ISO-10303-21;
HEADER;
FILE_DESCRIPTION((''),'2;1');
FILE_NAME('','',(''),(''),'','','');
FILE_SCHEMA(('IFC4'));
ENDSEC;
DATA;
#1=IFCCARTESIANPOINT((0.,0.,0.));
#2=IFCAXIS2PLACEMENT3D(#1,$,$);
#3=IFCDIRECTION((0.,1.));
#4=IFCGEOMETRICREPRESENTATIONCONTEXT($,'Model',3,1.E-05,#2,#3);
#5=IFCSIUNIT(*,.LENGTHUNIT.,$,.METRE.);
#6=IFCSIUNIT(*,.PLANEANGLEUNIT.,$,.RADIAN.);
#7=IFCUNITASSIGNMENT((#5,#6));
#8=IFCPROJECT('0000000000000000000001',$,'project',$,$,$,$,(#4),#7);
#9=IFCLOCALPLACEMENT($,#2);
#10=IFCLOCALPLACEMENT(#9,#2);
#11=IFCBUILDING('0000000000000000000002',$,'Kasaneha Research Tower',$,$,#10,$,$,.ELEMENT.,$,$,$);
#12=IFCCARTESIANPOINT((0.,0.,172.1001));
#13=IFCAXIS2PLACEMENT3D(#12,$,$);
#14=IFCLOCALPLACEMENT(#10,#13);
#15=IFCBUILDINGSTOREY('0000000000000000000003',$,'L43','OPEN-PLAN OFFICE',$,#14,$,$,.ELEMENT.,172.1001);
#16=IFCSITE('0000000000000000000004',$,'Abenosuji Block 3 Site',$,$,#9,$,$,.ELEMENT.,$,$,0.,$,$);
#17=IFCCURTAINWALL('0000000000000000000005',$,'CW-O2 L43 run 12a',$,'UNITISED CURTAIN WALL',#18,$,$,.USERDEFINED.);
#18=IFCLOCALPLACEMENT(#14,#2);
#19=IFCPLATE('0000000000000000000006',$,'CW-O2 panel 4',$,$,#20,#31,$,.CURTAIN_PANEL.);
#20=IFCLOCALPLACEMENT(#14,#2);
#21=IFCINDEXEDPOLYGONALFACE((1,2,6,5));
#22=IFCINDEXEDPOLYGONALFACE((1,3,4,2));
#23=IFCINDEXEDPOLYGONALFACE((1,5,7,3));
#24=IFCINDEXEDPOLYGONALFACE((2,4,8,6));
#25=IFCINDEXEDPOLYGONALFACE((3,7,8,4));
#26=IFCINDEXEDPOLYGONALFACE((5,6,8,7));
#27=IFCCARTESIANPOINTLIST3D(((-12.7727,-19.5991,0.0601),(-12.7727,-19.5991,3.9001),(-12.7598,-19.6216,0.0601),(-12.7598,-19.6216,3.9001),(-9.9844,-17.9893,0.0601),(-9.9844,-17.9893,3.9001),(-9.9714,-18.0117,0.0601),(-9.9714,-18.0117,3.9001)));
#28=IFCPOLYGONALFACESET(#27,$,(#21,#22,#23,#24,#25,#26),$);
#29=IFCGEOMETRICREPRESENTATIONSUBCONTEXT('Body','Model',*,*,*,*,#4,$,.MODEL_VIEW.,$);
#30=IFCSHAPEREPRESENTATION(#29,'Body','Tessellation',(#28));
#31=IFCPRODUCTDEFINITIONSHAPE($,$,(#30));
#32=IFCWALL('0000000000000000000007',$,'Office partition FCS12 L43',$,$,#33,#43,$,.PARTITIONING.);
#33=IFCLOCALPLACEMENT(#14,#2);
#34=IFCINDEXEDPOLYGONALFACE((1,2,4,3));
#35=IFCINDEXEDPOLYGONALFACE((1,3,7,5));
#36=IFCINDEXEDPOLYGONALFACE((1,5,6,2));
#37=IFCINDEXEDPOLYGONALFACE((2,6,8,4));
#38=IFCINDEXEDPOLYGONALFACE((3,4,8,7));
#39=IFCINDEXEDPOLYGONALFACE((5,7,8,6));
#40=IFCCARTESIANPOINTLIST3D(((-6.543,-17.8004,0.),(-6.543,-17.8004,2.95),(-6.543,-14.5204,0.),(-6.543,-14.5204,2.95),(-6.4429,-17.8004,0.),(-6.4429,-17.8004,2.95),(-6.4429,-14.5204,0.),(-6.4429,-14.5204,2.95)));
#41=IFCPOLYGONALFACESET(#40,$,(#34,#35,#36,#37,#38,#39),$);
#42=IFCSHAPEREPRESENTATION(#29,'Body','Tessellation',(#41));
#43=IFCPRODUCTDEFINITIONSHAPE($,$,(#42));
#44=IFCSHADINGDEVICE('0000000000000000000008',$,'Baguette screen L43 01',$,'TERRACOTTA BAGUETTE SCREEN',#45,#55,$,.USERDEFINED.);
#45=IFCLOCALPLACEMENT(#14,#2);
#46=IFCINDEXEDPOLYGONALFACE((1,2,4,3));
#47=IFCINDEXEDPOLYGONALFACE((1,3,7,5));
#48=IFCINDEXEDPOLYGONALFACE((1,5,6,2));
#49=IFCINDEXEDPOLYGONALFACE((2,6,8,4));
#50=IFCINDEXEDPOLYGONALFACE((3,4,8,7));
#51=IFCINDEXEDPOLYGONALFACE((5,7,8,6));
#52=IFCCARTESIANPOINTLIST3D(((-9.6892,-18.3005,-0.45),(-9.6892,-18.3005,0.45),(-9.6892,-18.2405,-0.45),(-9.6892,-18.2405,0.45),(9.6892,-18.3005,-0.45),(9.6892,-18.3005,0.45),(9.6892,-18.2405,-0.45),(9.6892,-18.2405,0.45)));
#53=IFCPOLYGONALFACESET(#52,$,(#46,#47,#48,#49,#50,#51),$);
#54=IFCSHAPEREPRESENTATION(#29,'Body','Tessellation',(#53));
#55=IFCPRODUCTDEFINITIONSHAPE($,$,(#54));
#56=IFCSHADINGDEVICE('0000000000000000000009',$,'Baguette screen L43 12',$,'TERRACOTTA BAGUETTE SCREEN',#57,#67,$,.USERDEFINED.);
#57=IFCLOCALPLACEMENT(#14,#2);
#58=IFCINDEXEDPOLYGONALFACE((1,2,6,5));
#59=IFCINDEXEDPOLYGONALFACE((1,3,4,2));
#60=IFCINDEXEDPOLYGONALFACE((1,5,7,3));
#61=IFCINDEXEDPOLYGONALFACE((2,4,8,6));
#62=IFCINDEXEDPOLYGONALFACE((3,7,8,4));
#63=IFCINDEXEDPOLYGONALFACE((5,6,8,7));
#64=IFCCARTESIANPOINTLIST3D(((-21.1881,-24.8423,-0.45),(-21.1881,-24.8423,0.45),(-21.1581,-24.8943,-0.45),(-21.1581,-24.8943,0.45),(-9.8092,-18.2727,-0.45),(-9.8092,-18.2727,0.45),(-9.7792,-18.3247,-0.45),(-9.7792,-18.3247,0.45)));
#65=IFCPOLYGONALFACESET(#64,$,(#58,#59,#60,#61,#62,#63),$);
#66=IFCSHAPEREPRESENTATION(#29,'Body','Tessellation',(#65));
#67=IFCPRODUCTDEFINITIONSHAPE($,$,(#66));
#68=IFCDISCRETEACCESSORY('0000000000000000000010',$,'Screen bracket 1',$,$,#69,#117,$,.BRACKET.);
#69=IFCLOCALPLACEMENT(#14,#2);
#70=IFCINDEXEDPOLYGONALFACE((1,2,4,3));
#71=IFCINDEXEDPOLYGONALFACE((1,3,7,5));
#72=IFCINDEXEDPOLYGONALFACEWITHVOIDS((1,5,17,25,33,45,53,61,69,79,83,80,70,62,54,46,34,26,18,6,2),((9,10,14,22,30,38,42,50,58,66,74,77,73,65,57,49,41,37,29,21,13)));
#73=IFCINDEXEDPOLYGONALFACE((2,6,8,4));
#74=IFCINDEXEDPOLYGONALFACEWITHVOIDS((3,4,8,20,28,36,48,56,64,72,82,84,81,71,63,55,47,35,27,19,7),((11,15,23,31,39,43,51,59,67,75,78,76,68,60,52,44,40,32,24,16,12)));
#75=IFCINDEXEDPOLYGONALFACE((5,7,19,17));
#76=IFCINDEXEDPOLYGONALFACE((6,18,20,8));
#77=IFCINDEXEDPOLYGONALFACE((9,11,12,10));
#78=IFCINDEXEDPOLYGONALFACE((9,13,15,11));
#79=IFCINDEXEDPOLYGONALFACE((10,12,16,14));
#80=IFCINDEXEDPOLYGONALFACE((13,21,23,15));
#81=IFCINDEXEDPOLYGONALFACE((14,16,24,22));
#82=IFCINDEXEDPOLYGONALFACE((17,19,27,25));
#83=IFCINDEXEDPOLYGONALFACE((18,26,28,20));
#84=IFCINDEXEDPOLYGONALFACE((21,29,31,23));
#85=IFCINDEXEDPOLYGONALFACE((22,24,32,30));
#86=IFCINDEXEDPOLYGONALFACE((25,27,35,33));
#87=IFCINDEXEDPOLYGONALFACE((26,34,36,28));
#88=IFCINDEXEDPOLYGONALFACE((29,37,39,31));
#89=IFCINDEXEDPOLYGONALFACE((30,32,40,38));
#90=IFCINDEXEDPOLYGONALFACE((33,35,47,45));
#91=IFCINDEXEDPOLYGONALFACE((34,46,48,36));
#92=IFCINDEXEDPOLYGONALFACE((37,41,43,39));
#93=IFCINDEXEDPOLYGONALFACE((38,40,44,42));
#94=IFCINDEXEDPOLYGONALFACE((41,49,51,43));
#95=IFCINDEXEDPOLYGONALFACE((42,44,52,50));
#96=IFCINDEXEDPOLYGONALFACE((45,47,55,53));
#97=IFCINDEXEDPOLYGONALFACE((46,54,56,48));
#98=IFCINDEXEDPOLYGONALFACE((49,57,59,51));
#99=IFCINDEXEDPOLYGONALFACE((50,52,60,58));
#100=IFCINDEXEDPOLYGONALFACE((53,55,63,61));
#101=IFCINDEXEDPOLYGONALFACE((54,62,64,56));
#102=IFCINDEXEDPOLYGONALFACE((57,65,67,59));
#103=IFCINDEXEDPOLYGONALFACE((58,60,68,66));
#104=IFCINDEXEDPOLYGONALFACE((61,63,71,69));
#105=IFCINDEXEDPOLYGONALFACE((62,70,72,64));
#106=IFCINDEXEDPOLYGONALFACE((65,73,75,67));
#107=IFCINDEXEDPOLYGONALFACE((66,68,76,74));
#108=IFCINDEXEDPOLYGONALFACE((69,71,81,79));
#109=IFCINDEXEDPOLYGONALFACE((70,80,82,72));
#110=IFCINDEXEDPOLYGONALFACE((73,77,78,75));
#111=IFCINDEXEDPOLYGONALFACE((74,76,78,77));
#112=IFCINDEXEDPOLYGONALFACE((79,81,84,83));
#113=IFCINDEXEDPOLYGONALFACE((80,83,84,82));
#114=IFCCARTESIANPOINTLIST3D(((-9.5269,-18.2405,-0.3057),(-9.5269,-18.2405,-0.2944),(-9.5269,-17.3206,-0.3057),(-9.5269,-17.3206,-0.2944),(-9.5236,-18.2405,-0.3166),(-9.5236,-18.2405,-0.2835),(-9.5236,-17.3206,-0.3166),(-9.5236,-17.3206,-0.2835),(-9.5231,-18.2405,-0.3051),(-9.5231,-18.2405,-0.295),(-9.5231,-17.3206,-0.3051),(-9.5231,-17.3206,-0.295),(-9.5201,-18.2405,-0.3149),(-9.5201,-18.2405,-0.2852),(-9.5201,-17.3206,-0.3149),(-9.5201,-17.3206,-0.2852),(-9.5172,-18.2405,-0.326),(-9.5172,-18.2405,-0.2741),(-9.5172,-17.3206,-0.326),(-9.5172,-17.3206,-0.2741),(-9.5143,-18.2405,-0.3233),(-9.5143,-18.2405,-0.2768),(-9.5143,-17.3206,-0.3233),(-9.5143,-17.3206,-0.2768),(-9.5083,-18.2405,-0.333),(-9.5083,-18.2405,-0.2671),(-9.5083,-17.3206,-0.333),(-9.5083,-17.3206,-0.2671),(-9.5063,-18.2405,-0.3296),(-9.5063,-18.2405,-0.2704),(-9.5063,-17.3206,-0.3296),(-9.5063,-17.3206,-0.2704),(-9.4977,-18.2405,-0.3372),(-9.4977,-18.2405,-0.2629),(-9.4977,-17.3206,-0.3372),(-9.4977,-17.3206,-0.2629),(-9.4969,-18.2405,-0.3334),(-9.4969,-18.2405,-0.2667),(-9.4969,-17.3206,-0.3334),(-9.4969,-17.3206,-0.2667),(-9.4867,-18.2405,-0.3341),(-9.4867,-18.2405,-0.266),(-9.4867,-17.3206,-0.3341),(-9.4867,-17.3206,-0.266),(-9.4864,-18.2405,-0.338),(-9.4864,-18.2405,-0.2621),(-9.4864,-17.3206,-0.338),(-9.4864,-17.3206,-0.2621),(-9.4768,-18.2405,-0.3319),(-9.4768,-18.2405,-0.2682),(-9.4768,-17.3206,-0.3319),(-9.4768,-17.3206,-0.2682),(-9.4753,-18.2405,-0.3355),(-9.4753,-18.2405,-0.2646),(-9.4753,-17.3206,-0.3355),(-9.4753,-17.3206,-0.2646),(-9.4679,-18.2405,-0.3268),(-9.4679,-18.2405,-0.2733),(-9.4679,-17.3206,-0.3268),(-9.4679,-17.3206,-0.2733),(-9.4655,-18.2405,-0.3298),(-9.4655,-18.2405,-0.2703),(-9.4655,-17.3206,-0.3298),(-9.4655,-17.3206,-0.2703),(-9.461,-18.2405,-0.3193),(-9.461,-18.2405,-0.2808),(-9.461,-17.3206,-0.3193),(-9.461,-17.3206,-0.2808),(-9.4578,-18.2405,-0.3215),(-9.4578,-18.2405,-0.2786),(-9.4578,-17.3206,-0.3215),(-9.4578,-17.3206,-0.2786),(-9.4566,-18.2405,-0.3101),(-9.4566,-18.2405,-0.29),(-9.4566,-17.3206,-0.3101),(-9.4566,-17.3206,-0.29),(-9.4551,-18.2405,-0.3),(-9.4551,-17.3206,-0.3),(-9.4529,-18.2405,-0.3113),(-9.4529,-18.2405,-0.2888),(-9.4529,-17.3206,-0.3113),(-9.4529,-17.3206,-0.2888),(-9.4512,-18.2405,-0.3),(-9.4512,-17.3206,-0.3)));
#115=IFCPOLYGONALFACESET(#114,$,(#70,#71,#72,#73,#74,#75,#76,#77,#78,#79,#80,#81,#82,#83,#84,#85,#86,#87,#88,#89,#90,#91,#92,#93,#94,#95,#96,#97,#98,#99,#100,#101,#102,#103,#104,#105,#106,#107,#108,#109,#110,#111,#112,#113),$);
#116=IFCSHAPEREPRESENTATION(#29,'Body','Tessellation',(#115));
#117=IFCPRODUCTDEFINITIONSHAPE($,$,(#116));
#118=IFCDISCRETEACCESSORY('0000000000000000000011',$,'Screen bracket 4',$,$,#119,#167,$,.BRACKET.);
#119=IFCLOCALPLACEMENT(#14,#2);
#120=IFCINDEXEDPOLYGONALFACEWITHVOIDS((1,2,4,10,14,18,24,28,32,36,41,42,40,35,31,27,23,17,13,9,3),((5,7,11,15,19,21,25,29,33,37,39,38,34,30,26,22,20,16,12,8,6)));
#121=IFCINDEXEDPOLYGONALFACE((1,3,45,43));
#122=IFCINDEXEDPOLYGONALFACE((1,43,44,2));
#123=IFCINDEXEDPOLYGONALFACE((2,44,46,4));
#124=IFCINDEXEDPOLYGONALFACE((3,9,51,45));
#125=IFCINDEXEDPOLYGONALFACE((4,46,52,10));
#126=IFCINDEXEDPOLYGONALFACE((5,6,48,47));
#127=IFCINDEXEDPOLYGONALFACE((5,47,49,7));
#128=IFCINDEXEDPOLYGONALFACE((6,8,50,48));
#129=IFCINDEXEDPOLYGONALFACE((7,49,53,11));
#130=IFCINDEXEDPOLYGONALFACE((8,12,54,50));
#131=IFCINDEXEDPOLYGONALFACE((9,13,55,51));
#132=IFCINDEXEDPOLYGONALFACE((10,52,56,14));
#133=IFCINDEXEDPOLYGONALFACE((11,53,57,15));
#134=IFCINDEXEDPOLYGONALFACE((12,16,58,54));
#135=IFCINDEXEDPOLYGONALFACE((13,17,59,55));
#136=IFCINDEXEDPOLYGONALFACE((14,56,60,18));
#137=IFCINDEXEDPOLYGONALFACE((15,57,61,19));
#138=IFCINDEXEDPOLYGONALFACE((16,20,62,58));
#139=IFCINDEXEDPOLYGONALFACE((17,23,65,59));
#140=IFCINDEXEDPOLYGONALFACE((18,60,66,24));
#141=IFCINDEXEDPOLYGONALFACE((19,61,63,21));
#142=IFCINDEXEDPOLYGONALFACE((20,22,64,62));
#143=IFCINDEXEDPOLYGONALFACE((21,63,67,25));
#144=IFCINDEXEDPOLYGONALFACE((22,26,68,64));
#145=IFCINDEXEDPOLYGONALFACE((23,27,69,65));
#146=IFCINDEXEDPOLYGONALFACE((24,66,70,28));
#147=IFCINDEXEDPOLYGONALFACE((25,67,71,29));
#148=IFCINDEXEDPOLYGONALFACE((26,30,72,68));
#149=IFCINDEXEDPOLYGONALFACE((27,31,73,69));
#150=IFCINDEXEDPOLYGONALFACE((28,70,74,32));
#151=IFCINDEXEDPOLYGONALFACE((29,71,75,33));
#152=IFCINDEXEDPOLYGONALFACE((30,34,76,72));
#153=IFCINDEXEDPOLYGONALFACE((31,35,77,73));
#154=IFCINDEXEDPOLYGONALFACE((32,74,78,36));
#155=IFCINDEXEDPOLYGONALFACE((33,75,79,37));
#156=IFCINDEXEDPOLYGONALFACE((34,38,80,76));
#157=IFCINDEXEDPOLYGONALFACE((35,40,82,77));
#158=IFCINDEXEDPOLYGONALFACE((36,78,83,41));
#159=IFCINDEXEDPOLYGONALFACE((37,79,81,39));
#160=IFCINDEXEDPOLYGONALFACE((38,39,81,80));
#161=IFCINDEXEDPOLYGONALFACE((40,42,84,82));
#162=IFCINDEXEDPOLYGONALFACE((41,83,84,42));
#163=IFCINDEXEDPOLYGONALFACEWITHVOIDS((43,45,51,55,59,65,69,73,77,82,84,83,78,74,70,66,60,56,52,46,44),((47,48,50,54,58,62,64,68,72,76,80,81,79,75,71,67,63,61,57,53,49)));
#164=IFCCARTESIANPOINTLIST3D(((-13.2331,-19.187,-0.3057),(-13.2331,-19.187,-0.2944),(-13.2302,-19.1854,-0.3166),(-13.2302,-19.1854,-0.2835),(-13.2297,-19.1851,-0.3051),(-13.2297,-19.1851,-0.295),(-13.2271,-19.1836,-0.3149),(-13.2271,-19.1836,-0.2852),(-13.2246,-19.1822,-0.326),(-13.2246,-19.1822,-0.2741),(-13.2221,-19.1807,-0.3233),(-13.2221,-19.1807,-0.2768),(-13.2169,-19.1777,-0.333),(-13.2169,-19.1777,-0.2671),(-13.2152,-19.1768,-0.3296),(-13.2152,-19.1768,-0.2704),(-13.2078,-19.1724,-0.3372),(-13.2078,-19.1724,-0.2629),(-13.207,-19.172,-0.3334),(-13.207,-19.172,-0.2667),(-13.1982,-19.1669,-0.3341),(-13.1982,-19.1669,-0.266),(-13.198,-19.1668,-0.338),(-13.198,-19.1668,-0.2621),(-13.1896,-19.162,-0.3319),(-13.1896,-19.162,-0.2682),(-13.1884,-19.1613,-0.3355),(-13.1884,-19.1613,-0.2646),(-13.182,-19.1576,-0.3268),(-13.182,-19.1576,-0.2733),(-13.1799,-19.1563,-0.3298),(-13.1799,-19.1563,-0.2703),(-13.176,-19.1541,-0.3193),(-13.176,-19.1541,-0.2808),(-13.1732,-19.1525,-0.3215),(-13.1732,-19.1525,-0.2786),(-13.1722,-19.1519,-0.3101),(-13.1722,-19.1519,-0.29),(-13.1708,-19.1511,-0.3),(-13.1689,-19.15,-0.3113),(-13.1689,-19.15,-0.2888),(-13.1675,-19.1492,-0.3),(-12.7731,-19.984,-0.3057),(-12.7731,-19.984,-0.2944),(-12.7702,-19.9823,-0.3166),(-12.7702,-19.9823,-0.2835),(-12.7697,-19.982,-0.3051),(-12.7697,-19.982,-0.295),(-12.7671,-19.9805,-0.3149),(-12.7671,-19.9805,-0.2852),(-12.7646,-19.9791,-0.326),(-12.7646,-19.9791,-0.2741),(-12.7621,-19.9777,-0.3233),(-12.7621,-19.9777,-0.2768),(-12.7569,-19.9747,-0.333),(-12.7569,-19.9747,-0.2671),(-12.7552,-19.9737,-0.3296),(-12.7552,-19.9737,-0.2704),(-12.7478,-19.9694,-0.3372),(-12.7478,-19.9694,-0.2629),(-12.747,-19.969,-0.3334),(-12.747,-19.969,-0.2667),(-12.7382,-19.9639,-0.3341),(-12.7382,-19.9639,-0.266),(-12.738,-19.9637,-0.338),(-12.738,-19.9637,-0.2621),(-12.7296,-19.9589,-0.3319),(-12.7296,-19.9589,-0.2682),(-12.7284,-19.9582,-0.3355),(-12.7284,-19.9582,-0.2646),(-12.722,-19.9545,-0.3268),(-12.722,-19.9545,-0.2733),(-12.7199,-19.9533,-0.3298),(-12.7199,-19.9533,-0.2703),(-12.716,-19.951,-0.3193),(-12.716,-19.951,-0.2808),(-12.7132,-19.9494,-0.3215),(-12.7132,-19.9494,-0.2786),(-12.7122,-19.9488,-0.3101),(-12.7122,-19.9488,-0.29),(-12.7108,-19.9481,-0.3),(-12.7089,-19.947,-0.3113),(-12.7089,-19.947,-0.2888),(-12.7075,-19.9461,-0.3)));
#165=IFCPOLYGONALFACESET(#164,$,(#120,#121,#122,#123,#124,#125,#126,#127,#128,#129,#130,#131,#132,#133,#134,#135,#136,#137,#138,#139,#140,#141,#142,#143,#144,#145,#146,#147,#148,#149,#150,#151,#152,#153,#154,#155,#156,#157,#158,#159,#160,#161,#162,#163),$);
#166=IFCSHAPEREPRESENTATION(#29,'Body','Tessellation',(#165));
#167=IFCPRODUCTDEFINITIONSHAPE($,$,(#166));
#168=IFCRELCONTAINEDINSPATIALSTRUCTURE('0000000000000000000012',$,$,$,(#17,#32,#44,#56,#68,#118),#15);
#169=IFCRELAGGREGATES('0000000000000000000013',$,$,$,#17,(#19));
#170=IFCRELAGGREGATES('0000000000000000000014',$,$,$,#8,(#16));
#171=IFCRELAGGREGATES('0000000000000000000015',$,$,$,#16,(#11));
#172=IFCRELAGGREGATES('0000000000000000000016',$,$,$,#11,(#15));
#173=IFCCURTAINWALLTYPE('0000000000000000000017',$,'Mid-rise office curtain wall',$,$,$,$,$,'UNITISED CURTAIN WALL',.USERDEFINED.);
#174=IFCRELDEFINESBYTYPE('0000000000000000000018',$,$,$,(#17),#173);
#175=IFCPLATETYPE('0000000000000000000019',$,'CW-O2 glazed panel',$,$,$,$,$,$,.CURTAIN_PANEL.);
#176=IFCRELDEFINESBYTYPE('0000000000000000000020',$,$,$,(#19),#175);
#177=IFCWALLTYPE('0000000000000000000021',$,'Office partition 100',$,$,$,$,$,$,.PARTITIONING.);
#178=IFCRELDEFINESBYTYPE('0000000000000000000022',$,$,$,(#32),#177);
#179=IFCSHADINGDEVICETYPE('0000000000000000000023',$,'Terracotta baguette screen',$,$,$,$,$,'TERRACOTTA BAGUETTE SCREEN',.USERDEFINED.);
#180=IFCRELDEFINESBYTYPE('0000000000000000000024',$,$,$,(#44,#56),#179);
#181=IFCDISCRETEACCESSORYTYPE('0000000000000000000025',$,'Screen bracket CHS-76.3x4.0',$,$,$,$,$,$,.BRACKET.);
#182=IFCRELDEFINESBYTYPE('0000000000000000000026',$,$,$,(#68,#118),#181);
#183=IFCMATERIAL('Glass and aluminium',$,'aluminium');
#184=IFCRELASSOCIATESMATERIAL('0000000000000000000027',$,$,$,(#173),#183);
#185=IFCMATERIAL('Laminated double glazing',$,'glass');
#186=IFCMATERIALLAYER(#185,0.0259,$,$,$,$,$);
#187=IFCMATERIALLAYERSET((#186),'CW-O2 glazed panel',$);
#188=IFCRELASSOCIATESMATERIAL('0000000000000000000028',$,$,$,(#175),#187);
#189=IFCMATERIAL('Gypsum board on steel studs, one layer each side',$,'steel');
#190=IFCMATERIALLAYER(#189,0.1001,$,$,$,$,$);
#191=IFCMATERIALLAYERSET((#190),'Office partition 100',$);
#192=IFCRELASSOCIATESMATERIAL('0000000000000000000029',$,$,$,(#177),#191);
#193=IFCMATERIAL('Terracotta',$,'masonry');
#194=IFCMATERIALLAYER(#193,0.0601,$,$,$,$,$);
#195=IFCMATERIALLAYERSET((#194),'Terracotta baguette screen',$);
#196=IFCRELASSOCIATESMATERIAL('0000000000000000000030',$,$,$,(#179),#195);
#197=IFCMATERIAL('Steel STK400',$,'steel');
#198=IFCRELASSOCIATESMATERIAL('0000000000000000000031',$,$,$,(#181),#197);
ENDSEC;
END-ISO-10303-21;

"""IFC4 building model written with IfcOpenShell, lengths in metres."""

from ifc_helpers import new_model, si_unit, direction, frame, frame_2d, origin, origin_2d, place, context, subcontext, project, spatial, rectangle, hollow_circle, extrude, material, layer, layer_set, material_profile, profile_set, type_object, element, aggregate, save


model = new_model("IFC4")

# Units and contexts
model_context = context("Model", 3, precision=1e-05, world=origin(), true_north=direction((0.0, 1.0)))
body_context = subcontext(model_context, "Body", "Model", "MODEL_VIEW")
ifc_project = project(units=[si_unit("LENGTHUNIT", "METRE"), si_unit("PLANEANGLEUNIT", "RADIAN")], contexts=[model_context])

# Site, building, storey
site_placement = place(None, origin())
site = spatial("IfcSite", under=ifc_project, at=site_placement, Name="Abenosuji Block 3 Site", CompositionType="ELEMENT", RefElevation=0.0)
building_placement = place(site_placement, origin())
building = spatial("IfcBuilding", under=site, at=building_placement, Name="Kasaneha Research Tower", CompositionType="ELEMENT")
storey_placement = place(building_placement, frame((0.0, 0.0, 172.1001)))
storey = spatial("IfcBuildingStorey", under=building, at=storey_placement, Name="L43", Description="OPEN-PLAN OFFICE", CompositionType="ELEMENT", Elevation=172.1001)

# Curtain wall
ifc_material_1 = material(Name="Glass and aluminium", Category="aluminium")
curtain_wall_type = type_object("IfcCurtainWallType", Name="Mid-rise office curtain wall", ElementType="UNITISED CURTAIN WALL", PredefinedType="USERDEFINED", material=ifc_material_1)
curtain_wall_1_placement = place(storey_placement, origin())
curtain_wall_1 = element("IfcCurtainWall", 1, at=curtain_wall_1_placement, inside=storey, type_object=curtain_wall_type, Name="CW-O2 L43 run 12a", ObjectType="UNITISED CURTAIN WALL", PredefinedType="USERDEFINED")

# Plate
ifc_material_2 = material(Name="Laminated double glazing", Category="glass")
ifc_layer_1 = layer(ifc_material_2, 0.0259)
ifc_layer_set_1 = layer_set([ifc_layer_1], Name="CW-O2 glazed panel")
plate_type = type_object("IfcPlateType", Name="CW-O2 glazed panel", PredefinedType="CURTAIN_PANEL", material=ifc_layer_set_1)
plate_1_placement = place(storey_placement, frame((-11.3721, -18.8054, 0.0601), z_axis=(0.0, 0.0, 1.0), x_axis=(0.866025, 0.5, 0.0)))
plate_1 = element("IfcPlate", 2, at=plate_1_placement, type_object=plate_type, Name="CW-O2 panel 4", PredefinedType="CURTAIN_PANEL", context=body_context, shape_type="SweptSolid", body=[
    extrude(rectangle(XDim=3.2197, YDim=0.0259, at=origin_2d()), origin(), (0.0, 0.0, 1.0), 3.8401),
])
aggregate(curtain_wall_1, [plate_1])

# Wall
ifc_material_3 = material(Name="Gypsum board on steel studs, one layer each side", Category="steel")
ifc_layer_2 = layer(ifc_material_3, 0.1001)
ifc_layer_set_2 = layer_set([ifc_layer_2], Name="Office partition 100")
wall_type = type_object("IfcWallType", Name="Office partition 100", PredefinedType="PARTITIONING", material=ifc_layer_set_2)
wall_placement = place(storey_placement, frame((-6.4929, -17.8005, 0.0), z_axis=(0.0, 0.0, 1.0), x_axis=(0.0, 1.0, 0.0)))
element("IfcWall", 3, at=wall_placement, inside=storey, type_object=wall_type, Name="Office partition FCS12 L43", PredefinedType="PARTITIONING", context=body_context, shape_type="SweptSolid", body=[
    extrude(rectangle(XDim=3.28, YDim=0.1001, at=frame_2d((1.6401, 0.0))), origin(), (0.0, 0.0, 1.0), 2.95),
])

# Shading devices
ifc_material_4 = material(Name="Terracotta", Category="masonry")
ifc_layer_3 = layer(ifc_material_4, 0.0601)
ifc_layer_set_3 = layer_set([ifc_layer_3], Name="Terracotta baguette screen")
shading_device_type = type_object("IfcShadingDeviceType", Name="Terracotta baguette screen", ElementType="TERRACOTTA BAGUETTE SCREEN", PredefinedType="USERDEFINED", material=ifc_layer_set_3)
shading_device_1_placement = place(storey_placement, frame((0.0, -18.2705, -0.45), z_axis=(0.0, 0.0, 1.0), x_axis=(1.0, 0.0, 0.0)))
element("IfcShadingDevice", 4, at=shading_device_1_placement, inside=storey, type_object=shading_device_type, Name="Baguette screen L43 01", ObjectType="TERRACOTTA BAGUETTE SCREEN", PredefinedType="USERDEFINED", context=body_context, shape_type="SweptSolid", body=[
    extrude(rectangle(XDim=19.3784, YDim=0.0601, at=origin_2d()), origin(), (0.0, 0.0, 1.0), 0.8999),
])
shading_device_2_placement = place(storey_placement, frame((-15.4836, -21.5835, -0.45), z_axis=(0.0, 0.0, 1.0), x_axis=(0.866025, 0.5, 0.0)))
element("IfcShadingDevice", 5, at=shading_device_2_placement, inside=storey, type_object=shading_device_type, Name="Baguette screen L43 12", ObjectType="TERRACOTTA BAGUETTE SCREEN", PredefinedType="USERDEFINED", context=body_context, shape_type="SweptSolid", body=[
    extrude(rectangle(XDim=13.1392, YDim=0.0601, at=origin_2d()), origin(), (0.0, 0.0, 1.0), 0.8999),
])

# Discrete accessories
ifc_material_5 = material(Name="Steel STK400", Category="steel")
ifc_material_profile_1 = material_profile(ifc_material_5, hollow_circle(Radius=0.0381, WallThickness=0.0039, at=origin_2d()), Name="CHS-76.3x4.0")
ifc_profile_set_1 = profile_set([ifc_material_profile_1], Name="Steel STK400")
discrete_accessory_type = type_object("IfcDiscreteAccessoryType", Name="Screen bracket CHS-76.3x4.0", PredefinedType="BRACKET", material=ifc_profile_set_1)
discrete_accessory_1_placement = place(storey_placement, frame((-9.4893, -17.3206, -0.3), z_axis=(0.0, -1.0, 0.0), x_axis=(1.0, 0.0, 0.0)))
element("IfcDiscreteAccessory", 6, at=discrete_accessory_1_placement, inside=storey, type_object=discrete_accessory_type, Name="Screen bracket 1", PredefinedType="BRACKET", context=body_context, shape_type="SweptSolid", body=[
    extrude(hollow_circle(Radius=0.0381, WallThickness=0.0039, at=origin_2d()), origin(), (0.0, 0.0, 1.0), 0.9199),
])
discrete_accessory_2_placement = place(storey_placement, frame((-13.2004, -19.1682, -0.3), z_axis=(0.499906, -0.86608, 0.0), x_axis=(0.86608, 0.499906, 0.0)))
element("IfcDiscreteAccessory", 7, at=discrete_accessory_2_placement, inside=storey, type_object=discrete_accessory_type, Name="Screen bracket 4", PredefinedType="BRACKET", context=body_context, shape_type="SweptSolid", body=[
    extrude(hollow_circle(Radius=0.0381, WallThickness=0.0039, at=origin_2d()), origin(), (0.0, 0.0, 1.0), 0.9202),
])

save(model, "model.ifc")
